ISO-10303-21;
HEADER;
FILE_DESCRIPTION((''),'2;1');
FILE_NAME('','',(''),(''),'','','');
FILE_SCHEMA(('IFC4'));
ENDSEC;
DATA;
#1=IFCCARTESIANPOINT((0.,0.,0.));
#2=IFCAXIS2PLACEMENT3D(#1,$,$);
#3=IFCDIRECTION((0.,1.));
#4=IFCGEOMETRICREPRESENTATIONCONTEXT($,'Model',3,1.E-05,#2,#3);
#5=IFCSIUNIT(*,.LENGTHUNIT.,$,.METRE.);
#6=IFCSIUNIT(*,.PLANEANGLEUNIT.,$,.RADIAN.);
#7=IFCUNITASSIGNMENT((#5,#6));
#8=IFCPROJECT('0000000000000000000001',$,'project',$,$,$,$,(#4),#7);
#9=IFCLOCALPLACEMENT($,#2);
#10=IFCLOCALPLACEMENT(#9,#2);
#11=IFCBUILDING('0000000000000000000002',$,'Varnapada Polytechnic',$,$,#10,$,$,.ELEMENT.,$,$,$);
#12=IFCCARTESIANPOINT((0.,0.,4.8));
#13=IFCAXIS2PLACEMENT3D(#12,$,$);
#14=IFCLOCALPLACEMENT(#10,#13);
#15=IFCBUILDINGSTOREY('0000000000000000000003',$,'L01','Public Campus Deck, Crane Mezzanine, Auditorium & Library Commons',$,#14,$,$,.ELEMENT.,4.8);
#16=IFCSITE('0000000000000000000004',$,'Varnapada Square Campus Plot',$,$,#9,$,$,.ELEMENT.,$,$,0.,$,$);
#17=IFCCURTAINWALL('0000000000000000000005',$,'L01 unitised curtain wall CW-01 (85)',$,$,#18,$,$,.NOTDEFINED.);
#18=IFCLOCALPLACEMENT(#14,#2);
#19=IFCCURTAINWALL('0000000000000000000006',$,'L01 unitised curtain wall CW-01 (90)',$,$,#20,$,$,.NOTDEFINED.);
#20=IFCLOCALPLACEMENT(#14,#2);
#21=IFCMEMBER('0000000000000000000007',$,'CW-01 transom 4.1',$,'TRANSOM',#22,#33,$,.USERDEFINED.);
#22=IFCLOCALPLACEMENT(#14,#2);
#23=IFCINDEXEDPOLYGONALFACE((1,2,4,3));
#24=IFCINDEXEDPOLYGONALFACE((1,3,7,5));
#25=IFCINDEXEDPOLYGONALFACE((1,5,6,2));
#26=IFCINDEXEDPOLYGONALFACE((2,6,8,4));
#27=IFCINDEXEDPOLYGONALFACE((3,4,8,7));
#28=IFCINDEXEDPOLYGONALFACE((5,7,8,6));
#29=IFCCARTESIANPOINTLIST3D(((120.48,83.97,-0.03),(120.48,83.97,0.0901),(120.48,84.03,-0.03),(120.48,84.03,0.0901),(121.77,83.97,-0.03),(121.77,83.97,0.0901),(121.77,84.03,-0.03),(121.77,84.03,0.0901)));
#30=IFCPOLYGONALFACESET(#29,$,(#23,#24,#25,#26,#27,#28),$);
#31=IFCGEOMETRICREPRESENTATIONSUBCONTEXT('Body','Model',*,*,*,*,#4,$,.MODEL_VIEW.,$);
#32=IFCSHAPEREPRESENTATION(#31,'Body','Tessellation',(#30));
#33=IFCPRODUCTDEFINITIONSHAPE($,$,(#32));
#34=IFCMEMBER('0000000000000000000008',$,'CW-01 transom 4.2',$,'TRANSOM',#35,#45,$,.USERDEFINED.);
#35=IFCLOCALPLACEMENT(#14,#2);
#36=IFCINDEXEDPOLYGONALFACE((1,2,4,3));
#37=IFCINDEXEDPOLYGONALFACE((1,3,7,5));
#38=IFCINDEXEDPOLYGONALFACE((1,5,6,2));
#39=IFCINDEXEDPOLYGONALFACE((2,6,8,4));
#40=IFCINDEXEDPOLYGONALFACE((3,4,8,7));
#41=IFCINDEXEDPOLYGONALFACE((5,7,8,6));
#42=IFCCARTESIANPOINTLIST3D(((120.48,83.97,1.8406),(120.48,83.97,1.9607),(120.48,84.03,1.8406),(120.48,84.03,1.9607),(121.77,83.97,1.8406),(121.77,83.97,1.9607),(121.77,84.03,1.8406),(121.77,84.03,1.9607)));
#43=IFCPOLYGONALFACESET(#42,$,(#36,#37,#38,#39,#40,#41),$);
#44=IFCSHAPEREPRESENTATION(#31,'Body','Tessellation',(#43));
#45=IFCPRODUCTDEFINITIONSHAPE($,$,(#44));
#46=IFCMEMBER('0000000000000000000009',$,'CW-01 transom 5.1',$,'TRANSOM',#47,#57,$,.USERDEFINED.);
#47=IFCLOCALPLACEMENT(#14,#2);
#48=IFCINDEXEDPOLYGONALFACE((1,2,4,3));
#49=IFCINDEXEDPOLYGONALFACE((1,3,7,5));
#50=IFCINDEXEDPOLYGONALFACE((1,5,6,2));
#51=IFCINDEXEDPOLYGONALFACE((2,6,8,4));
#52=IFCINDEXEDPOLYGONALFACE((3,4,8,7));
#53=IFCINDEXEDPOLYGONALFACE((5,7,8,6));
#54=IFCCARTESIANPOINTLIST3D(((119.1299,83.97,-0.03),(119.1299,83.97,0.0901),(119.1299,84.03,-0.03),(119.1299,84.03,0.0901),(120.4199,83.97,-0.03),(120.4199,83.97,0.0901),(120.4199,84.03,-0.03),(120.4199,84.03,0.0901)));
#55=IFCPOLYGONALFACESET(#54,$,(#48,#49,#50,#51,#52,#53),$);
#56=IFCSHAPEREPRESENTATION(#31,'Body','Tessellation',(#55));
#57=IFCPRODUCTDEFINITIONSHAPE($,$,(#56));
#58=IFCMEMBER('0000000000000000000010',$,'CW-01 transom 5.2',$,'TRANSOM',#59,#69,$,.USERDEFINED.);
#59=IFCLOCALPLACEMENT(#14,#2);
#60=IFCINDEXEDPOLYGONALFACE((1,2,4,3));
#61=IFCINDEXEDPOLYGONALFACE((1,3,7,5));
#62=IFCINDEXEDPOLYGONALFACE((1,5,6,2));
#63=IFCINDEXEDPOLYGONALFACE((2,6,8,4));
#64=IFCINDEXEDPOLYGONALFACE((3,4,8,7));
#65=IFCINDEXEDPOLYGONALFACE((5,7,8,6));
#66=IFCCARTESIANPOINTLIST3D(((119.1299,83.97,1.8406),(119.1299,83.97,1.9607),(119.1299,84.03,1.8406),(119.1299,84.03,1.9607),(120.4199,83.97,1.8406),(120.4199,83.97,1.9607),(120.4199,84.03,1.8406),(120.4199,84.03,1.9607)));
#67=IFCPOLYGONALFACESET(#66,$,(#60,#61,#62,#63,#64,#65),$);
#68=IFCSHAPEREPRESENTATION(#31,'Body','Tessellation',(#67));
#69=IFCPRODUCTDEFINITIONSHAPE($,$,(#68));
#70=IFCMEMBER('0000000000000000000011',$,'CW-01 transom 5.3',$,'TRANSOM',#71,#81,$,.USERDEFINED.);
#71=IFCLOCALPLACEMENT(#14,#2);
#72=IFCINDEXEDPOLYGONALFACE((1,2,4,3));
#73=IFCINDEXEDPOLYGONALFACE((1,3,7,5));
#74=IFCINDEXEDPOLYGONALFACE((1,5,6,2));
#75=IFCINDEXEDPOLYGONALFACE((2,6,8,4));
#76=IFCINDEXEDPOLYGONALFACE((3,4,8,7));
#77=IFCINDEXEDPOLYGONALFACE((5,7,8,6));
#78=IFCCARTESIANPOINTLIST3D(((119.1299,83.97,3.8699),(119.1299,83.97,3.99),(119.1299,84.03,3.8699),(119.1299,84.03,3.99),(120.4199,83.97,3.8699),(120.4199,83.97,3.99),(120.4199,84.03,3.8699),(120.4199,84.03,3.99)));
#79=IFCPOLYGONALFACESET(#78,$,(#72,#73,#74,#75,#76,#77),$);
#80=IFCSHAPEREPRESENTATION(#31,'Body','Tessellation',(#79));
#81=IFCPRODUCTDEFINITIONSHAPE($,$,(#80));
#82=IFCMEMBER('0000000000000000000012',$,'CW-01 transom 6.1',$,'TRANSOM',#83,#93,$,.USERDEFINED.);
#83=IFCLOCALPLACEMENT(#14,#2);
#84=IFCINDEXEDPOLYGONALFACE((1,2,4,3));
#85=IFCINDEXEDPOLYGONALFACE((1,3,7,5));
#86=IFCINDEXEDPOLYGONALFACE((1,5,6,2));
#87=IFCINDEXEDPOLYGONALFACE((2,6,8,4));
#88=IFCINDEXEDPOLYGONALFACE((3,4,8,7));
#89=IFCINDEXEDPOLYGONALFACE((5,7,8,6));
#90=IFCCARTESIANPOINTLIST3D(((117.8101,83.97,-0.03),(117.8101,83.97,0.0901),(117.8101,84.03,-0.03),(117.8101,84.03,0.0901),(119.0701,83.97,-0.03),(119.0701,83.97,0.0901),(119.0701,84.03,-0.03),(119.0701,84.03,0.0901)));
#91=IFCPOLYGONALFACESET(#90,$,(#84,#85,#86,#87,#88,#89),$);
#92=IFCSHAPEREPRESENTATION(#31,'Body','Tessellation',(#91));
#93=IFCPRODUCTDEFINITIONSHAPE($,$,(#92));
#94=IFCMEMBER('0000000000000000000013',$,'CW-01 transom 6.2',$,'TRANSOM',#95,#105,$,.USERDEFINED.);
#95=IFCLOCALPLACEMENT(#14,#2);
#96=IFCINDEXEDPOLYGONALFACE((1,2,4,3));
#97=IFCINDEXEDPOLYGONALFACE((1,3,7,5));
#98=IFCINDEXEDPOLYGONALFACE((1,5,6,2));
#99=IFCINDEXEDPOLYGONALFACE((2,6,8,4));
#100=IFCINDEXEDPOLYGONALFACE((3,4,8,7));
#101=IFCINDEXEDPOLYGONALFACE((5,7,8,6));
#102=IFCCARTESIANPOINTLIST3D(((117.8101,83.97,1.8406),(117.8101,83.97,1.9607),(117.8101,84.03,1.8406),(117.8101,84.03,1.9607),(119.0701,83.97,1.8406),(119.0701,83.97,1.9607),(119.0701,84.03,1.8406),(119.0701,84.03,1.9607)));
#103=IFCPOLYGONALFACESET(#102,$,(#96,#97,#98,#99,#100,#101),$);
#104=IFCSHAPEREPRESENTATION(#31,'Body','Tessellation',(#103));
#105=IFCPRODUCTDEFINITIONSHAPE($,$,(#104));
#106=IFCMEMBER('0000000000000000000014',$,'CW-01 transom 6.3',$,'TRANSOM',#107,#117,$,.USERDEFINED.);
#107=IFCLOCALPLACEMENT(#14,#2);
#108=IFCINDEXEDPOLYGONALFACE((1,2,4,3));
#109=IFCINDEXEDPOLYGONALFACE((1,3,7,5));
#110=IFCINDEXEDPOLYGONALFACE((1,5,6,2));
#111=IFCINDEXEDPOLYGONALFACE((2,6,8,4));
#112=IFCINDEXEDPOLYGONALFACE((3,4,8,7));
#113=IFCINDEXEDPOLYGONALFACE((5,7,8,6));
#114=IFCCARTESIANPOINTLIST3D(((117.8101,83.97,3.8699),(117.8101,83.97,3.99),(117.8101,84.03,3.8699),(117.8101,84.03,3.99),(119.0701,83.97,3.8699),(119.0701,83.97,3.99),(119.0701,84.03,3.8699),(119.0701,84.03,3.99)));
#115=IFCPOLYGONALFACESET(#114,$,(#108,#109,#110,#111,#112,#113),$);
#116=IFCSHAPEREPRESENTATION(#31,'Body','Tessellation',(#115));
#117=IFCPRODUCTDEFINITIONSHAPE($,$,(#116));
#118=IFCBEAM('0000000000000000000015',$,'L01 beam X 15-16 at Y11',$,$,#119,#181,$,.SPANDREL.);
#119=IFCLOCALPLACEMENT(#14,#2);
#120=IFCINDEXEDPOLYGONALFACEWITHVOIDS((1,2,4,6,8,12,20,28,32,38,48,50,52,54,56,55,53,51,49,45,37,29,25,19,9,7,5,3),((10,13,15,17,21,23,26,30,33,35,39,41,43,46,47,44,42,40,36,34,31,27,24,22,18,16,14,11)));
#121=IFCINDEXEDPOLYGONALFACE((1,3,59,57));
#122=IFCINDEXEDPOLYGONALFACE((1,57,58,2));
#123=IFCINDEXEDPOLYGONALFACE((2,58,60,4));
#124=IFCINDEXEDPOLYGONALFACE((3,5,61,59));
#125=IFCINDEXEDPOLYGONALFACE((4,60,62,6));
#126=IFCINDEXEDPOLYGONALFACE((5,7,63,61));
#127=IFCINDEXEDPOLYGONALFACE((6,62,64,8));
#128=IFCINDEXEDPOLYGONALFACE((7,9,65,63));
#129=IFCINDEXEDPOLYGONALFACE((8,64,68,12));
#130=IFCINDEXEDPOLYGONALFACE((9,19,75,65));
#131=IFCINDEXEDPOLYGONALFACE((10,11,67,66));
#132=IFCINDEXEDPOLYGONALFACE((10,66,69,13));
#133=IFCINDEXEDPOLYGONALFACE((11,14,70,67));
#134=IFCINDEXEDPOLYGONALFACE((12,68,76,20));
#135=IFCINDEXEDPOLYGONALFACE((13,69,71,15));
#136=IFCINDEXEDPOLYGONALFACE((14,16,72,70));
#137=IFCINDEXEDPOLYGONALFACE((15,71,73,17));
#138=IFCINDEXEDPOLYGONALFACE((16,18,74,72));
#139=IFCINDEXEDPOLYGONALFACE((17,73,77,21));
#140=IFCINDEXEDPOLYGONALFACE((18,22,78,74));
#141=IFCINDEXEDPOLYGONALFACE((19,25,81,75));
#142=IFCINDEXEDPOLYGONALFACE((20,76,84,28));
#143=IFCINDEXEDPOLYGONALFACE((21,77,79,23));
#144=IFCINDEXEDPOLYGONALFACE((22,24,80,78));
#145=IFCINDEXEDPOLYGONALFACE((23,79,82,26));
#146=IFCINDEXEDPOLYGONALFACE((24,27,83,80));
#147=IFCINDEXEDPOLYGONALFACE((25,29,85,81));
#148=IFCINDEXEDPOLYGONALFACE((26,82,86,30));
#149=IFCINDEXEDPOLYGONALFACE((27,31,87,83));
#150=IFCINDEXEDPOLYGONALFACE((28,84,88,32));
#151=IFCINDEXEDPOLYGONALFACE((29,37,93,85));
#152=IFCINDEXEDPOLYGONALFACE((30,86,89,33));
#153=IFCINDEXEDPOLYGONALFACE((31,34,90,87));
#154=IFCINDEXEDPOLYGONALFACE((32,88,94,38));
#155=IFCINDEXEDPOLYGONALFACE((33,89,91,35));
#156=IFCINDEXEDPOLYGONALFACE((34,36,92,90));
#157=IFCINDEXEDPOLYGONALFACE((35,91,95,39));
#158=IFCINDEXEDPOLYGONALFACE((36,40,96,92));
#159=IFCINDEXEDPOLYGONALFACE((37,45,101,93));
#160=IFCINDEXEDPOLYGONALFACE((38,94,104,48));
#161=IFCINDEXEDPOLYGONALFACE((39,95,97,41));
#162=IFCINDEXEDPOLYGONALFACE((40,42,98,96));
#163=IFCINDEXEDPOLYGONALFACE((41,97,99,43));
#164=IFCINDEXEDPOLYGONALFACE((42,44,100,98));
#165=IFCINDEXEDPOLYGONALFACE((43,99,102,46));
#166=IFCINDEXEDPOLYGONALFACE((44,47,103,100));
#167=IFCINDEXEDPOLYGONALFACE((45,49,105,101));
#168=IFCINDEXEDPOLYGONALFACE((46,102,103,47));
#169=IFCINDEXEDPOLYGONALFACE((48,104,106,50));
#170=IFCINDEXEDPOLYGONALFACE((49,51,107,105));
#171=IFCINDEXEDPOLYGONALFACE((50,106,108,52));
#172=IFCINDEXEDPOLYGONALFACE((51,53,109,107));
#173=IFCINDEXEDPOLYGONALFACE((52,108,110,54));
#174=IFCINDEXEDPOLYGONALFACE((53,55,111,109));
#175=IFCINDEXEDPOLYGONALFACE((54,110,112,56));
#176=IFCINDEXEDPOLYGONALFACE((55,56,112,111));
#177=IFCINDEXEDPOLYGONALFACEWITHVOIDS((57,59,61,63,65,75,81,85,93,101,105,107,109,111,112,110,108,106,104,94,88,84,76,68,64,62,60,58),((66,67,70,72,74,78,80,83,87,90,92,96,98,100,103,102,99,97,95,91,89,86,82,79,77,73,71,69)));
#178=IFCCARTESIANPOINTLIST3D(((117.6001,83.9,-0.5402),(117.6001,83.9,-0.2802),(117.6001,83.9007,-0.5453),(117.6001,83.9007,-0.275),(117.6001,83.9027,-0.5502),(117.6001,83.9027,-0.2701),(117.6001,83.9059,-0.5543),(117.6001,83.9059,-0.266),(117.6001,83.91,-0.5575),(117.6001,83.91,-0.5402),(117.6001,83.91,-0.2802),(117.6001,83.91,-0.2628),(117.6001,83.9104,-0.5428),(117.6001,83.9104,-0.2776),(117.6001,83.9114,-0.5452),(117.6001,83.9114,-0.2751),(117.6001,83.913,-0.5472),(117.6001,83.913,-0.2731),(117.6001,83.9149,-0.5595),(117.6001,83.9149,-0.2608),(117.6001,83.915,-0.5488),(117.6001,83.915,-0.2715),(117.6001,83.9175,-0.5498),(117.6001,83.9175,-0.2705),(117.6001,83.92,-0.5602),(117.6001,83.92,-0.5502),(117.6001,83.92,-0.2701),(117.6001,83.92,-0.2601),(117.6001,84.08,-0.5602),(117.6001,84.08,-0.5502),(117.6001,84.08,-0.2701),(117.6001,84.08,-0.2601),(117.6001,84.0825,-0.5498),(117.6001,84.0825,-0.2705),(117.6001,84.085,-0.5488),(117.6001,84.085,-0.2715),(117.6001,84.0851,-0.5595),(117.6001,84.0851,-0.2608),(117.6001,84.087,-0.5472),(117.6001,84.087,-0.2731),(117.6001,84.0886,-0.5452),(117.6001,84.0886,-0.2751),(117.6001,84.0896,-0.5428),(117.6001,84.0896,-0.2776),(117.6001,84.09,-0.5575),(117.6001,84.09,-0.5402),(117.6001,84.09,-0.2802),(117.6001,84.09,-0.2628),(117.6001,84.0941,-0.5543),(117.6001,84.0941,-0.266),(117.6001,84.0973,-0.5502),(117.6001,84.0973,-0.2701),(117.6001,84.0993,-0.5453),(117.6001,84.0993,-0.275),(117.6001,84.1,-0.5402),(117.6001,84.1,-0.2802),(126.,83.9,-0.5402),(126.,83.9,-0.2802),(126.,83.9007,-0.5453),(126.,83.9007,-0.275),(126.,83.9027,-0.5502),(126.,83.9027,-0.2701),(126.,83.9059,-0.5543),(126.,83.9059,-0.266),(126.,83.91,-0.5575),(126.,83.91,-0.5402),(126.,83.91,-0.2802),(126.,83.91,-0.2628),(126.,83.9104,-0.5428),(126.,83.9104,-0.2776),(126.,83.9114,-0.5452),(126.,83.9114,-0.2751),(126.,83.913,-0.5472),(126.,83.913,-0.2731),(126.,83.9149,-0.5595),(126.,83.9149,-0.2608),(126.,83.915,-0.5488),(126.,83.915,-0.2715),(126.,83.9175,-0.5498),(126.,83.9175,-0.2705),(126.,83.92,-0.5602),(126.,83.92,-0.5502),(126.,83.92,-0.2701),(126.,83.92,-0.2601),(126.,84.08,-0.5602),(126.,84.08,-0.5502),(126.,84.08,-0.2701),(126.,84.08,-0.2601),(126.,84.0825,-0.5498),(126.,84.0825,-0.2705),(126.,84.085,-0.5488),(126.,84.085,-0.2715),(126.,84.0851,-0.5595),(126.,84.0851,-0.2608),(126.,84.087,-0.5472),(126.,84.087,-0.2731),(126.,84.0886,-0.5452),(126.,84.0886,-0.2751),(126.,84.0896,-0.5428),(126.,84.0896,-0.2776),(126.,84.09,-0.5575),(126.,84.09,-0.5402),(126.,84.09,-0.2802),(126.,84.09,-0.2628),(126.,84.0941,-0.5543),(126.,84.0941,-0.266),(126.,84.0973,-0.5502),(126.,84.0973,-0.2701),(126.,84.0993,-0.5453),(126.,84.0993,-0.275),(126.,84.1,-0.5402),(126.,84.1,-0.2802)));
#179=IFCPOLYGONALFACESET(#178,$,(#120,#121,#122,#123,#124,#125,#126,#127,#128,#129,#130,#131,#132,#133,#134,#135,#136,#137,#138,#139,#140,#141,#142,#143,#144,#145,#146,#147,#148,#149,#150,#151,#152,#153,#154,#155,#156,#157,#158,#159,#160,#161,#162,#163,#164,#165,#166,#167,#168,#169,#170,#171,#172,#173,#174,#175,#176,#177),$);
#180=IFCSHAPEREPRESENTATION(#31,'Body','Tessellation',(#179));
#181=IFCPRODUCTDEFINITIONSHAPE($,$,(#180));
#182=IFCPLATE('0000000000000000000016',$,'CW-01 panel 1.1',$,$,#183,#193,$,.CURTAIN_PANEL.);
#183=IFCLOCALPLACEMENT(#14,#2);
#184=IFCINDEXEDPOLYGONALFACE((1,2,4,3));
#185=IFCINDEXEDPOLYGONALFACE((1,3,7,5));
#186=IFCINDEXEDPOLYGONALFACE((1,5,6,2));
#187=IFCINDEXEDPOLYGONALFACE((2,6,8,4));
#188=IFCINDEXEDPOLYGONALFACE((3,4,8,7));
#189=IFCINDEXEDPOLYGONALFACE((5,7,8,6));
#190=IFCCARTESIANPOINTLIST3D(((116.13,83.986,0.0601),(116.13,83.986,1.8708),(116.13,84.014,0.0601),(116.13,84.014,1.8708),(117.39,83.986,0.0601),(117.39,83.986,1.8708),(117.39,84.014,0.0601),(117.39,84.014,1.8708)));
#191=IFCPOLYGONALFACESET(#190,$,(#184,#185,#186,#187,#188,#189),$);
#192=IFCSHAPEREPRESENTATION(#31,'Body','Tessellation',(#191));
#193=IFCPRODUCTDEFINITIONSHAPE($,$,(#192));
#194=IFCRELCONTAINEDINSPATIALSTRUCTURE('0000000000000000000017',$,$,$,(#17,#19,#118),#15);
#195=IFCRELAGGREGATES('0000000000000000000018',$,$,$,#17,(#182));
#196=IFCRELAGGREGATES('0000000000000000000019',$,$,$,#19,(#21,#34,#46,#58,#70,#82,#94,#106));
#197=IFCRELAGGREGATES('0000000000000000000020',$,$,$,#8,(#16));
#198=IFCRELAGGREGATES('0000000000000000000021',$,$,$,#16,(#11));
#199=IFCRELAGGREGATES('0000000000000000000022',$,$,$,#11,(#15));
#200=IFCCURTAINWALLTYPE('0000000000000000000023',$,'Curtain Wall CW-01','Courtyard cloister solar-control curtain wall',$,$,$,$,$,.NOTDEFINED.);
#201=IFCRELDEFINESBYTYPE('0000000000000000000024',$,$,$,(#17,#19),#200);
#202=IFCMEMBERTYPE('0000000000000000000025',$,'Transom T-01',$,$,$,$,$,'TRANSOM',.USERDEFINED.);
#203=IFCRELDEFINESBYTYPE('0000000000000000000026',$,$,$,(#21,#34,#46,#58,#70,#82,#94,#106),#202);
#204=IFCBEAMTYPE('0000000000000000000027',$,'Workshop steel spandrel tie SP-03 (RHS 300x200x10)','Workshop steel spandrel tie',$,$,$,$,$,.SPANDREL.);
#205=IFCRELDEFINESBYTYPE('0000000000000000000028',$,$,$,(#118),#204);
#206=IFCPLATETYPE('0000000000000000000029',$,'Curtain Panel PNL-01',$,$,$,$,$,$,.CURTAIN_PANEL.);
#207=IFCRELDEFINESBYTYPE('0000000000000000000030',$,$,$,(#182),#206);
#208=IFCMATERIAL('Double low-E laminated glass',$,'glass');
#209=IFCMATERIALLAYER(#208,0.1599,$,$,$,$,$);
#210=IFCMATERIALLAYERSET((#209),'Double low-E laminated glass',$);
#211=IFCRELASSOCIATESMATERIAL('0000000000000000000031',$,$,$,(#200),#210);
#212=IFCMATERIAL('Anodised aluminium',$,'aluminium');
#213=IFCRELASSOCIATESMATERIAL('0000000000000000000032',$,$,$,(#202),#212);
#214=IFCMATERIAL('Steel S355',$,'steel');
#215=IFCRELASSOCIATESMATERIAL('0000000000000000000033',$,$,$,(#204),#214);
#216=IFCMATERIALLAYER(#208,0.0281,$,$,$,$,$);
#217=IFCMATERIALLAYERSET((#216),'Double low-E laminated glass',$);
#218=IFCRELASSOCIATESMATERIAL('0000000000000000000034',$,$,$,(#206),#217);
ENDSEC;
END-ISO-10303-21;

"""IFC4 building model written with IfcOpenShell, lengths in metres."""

from ifc_helpers import new_model, si_unit, direction, frame, origin, origin_2d, place, context, subcontext, project, spatial, rectangle, hollow_rectangle, extrude, material, layer, layer_set, material_profile, profile_set, type_object, element, aggregate, save


model = new_model("IFC4")

# Units and contexts
model_context = context("Model", 3, precision=1e-05, world=origin(), true_north=direction((0.0, 1.0)))
body_context = subcontext(model_context, "Body", "Model", "MODEL_VIEW")
ifc_project = project(units=[si_unit("LENGTHUNIT", "METRE"), si_unit("PLANEANGLEUNIT", "RADIAN")], contexts=[model_context])

# Site, building, storey
site_placement = place(None, origin())
site = spatial("IfcSite", under=ifc_project, at=site_placement, Name="Varnapada Square Campus Plot", CompositionType="ELEMENT", RefElevation=0.0)
building_placement = place(site_placement, origin())
building = spatial("IfcBuilding", under=site, at=building_placement, Name="Varnapada Polytechnic", CompositionType="ELEMENT")
storey_placement = place(building_placement, frame((0.0, 0.0, 4.8)))
storey = spatial("IfcBuildingStorey", under=building, at=storey_placement, Name="L01", Description="Public Campus Deck, Crane Mezzanine, Auditorium & Library Commons", CompositionType="ELEMENT", Elevation=4.8)

# Shared definitions
ifc_material_1 = material(Name="Steel S355", Category="steel")

# Curtain wall
ifc_material_2 = material(Name="Double low-E laminated glass", Category="glass")
ifc_layer_1 = layer(ifc_material_2, 0.1599)
ifc_layer_set_1 = layer_set([ifc_layer_1], Name="Double low-E laminated glass")
curtain_wall_type = type_object("IfcCurtainWallType", Name="Curtain Wall CW-01", Description="Courtyard cloister solar-control curtain wall", PredefinedType="NOTDEFINED", material=ifc_layer_set_1)
curtain_wall_1_placement = place(storey_placement, origin())
curtain_wall_1 = element("IfcCurtainWall", 1, at=curtain_wall_1_placement, inside=storey, type_object=curtain_wall_type, Name="L01 unitised curtain wall CW-01 (85)", PredefinedType="NOTDEFINED")
ifc_material_3 = material(Name="Anodised aluminium", Category="aluminium")

# Curtain wall
curtain_wall_2_placement = place(storey_placement, origin())
curtain_wall_2 = element("IfcCurtainWall", 2, at=curtain_wall_2_placement, inside=storey, type_object=curtain_wall_type, Name="L01 unitised curtain wall CW-01 (90)", PredefinedType="NOTDEFINED")

# Members
ifc_material_profile_1 = material_profile(ifc_material_3, rectangle(XDim=0.0601, YDim=0.1201, at=origin_2d()), Name="ALU T60x120")
ifc_profile_set_1 = profile_set([ifc_material_profile_1], Name="Anodised aluminium")
member_type_1 = type_object("IfcMemberType", Name="Transom T-01", ElementType="TRANSOM", PredefinedType="USERDEFINED", material=ifc_profile_set_1)
member_1_placement = place(storey_placement, frame((121.77, 84.0, 0.03), z_axis=(-1.0, 0.0, 0.0), x_axis=(0.0, -1.0, 0.0)))
member_1 = element("IfcMember", 3, at=member_1_placement, type_object=member_type_1, Name="CW-01 transom 4.1", ObjectType="TRANSOM", PredefinedType="USERDEFINED", context=body_context, shape_type="SweptSolid", body=[
    extrude(rectangle(XDim=0.0601, YDim=0.1201, at=origin_2d()), origin(), (0.0, 0.0, 1.0), 1.29),
])
member_2_placement = place(storey_placement, frame((121.77, 84.0, 1.9006), z_axis=(-1.0, 0.0, 0.0), x_axis=(0.0, -1.0, 0.0)))
member_2 = element("IfcMember", 4, at=member_2_placement, type_object=member_type_1, Name="CW-01 transom 4.2", ObjectType="TRANSOM", PredefinedType="USERDEFINED", context=body_context, shape_type="SweptSolid", body=[
    extrude(rectangle(XDim=0.0601, YDim=0.1201, at=origin_2d()), origin(), (0.0, 0.0, 1.0), 1.29),
])
member_3_placement = place(storey_placement, frame((120.4199, 84.0, 0.03), z_axis=(-1.0, 0.0, 0.0), x_axis=(0.0, -1.0, 0.0)))
member_3 = element("IfcMember", 5, at=member_3_placement, type_object=member_type_1, Name="CW-01 transom 5.1", ObjectType="TRANSOM", PredefinedType="USERDEFINED", context=body_context, shape_type="SweptSolid", body=[
    extrude(rectangle(XDim=0.0601, YDim=0.1201, at=origin_2d()), origin(), (0.0, 0.0, 1.0), 1.29),
])
member_4_placement = place(storey_placement, frame((120.4199, 84.0, 1.9006), z_axis=(-1.0, 0.0, 0.0), x_axis=(0.0, -1.0, 0.0)))
member_4 = element("IfcMember", 6, at=member_4_placement, type_object=member_type_1, Name="CW-01 transom 5.2", ObjectType="TRANSOM", PredefinedType="USERDEFINED", context=body_context, shape_type="SweptSolid", body=[
    extrude(rectangle(XDim=0.0601, YDim=0.1201, at=origin_2d()), origin(), (0.0, 0.0, 1.0), 1.29),
])
member_5_placement = place(storey_placement, frame((120.4199, 84.0, 3.9299), z_axis=(-1.0, 0.0, 0.0), x_axis=(0.0, -1.0, 0.0)))
member_5 = element("IfcMember", 7, at=member_5_placement, type_object=member_type_1, Name="CW-01 transom 5.3", ObjectType="TRANSOM", PredefinedType="USERDEFINED", context=body_context, shape_type="SweptSolid", body=[
    extrude(rectangle(XDim=0.0601, YDim=0.1201, at=origin_2d()), origin(), (0.0, 0.0, 1.0), 1.29),
])
member_6_placement = place(storey_placement, frame((119.0701, 84.0, 0.03), z_axis=(-1.0, 0.0, 0.0), x_axis=(0.0, -1.0, 0.0)))
member_6 = element("IfcMember", 8, at=member_6_placement, type_object=member_type_1, Name="CW-01 transom 6.1", ObjectType="TRANSOM", PredefinedType="USERDEFINED", context=body_context, shape_type="SweptSolid", body=[
    extrude(rectangle(XDim=0.0601, YDim=0.1201, at=origin_2d()), origin(), (0.0, 0.0, 1.0), 1.26),
])
member_7_placement = place(storey_placement, frame((119.0701, 84.0, 1.9006), z_axis=(-1.0, 0.0, 0.0), x_axis=(0.0, -1.0, 0.0)))
member_7 = element("IfcMember", 9, at=member_7_placement, type_object=member_type_1, Name="CW-01 transom 6.2", ObjectType="TRANSOM", PredefinedType="USERDEFINED", context=body_context, shape_type="SweptSolid", body=[
    extrude(rectangle(XDim=0.0601, YDim=0.1201, at=origin_2d()), origin(), (0.0, 0.0, 1.0), 1.26),
])
member_8_placement = place(storey_placement, frame((119.0701, 84.0, 3.9299), z_axis=(-1.0, 0.0, 0.0), x_axis=(0.0, -1.0, 0.0)))
member_8 = element("IfcMember", 10, at=member_8_placement, type_object=member_type_1, Name="CW-01 transom 6.3", ObjectType="TRANSOM", PredefinedType="USERDEFINED", context=body_context, shape_type="SweptSolid", body=[
    extrude(rectangle(XDim=0.0601, YDim=0.1201, at=origin_2d()), origin(), (0.0, 0.0, 1.0), 1.26),
])

# Beam
ifc_material_profile_2 = material_profile(ifc_material_1, hollow_rectangle(XDim=0.2, YDim=0.3, WallThickness=0.01, InnerFilletRadius=0.01, OuterFilletRadius=0.02, at=origin_2d()), Name="RHS 300x200x10")
ifc_profile_set_2 = profile_set([ifc_material_profile_2], Name="Steel S355")
beam_type_1 = type_object("IfcBeamType", Name="Workshop steel spandrel tie SP-03 (RHS 300x200x10)", Description="Workshop steel spandrel tie", PredefinedType="SPANDREL", material=ifc_profile_set_2)
beam_1_placement = place(storey_placement, frame((117.6001, 84.0, -0.4102), z_axis=(1.0, 0.0, 0.0), x_axis=(0.0, 1.0, 0.0)))
element("IfcBeam", 11, at=beam_1_placement, inside=storey, type_object=beam_type_1, Name="L01 beam X 15-16 at Y11", PredefinedType="SPANDREL", context=body_context, shape_type="SweptSolid", body=[
    extrude(hollow_rectangle(XDim=0.2, YDim=0.3, WallThickness=0.01, InnerFilletRadius=0.01, OuterFilletRadius=0.02, at=origin_2d()), origin(), (0.0, 0.0, 1.0), 8.3999),
])

# Plate
ifc_layer_2 = layer(ifc_material_2, 0.0281)
ifc_layer_set_2 = layer_set([ifc_layer_2], Name="Double low-E laminated glass")
plate_type_1 = type_object("IfcPlateType", Name="Curtain Panel PNL-01", PredefinedType="CURTAIN_PANEL", material=ifc_layer_set_2)
plate_1_placement = place(storey_placement, frame((116.76, 84.0, 0.0601), z_axis=(0.0, 0.0, 1.0), x_axis=(-1.0, 0.0, 0.0)))
plate_1 = element("IfcPlate", 12, at=plate_1_placement, type_object=plate_type_1, Name="CW-01 panel 1.1", PredefinedType="CURTAIN_PANEL", context=body_context, shape_type="SweptSolid", body=[
    extrude(rectangle(XDim=1.26, YDim=0.0281, at=origin_2d()), origin(), (0.0, 0.0, 1.0), 1.8108),
])
aggregate(curtain_wall_1, [plate_1])
aggregate(curtain_wall_2, [member_1, member_2, member_3, member_4, member_5, member_6, member_7, member_8])

save(model, "model.ifc")
